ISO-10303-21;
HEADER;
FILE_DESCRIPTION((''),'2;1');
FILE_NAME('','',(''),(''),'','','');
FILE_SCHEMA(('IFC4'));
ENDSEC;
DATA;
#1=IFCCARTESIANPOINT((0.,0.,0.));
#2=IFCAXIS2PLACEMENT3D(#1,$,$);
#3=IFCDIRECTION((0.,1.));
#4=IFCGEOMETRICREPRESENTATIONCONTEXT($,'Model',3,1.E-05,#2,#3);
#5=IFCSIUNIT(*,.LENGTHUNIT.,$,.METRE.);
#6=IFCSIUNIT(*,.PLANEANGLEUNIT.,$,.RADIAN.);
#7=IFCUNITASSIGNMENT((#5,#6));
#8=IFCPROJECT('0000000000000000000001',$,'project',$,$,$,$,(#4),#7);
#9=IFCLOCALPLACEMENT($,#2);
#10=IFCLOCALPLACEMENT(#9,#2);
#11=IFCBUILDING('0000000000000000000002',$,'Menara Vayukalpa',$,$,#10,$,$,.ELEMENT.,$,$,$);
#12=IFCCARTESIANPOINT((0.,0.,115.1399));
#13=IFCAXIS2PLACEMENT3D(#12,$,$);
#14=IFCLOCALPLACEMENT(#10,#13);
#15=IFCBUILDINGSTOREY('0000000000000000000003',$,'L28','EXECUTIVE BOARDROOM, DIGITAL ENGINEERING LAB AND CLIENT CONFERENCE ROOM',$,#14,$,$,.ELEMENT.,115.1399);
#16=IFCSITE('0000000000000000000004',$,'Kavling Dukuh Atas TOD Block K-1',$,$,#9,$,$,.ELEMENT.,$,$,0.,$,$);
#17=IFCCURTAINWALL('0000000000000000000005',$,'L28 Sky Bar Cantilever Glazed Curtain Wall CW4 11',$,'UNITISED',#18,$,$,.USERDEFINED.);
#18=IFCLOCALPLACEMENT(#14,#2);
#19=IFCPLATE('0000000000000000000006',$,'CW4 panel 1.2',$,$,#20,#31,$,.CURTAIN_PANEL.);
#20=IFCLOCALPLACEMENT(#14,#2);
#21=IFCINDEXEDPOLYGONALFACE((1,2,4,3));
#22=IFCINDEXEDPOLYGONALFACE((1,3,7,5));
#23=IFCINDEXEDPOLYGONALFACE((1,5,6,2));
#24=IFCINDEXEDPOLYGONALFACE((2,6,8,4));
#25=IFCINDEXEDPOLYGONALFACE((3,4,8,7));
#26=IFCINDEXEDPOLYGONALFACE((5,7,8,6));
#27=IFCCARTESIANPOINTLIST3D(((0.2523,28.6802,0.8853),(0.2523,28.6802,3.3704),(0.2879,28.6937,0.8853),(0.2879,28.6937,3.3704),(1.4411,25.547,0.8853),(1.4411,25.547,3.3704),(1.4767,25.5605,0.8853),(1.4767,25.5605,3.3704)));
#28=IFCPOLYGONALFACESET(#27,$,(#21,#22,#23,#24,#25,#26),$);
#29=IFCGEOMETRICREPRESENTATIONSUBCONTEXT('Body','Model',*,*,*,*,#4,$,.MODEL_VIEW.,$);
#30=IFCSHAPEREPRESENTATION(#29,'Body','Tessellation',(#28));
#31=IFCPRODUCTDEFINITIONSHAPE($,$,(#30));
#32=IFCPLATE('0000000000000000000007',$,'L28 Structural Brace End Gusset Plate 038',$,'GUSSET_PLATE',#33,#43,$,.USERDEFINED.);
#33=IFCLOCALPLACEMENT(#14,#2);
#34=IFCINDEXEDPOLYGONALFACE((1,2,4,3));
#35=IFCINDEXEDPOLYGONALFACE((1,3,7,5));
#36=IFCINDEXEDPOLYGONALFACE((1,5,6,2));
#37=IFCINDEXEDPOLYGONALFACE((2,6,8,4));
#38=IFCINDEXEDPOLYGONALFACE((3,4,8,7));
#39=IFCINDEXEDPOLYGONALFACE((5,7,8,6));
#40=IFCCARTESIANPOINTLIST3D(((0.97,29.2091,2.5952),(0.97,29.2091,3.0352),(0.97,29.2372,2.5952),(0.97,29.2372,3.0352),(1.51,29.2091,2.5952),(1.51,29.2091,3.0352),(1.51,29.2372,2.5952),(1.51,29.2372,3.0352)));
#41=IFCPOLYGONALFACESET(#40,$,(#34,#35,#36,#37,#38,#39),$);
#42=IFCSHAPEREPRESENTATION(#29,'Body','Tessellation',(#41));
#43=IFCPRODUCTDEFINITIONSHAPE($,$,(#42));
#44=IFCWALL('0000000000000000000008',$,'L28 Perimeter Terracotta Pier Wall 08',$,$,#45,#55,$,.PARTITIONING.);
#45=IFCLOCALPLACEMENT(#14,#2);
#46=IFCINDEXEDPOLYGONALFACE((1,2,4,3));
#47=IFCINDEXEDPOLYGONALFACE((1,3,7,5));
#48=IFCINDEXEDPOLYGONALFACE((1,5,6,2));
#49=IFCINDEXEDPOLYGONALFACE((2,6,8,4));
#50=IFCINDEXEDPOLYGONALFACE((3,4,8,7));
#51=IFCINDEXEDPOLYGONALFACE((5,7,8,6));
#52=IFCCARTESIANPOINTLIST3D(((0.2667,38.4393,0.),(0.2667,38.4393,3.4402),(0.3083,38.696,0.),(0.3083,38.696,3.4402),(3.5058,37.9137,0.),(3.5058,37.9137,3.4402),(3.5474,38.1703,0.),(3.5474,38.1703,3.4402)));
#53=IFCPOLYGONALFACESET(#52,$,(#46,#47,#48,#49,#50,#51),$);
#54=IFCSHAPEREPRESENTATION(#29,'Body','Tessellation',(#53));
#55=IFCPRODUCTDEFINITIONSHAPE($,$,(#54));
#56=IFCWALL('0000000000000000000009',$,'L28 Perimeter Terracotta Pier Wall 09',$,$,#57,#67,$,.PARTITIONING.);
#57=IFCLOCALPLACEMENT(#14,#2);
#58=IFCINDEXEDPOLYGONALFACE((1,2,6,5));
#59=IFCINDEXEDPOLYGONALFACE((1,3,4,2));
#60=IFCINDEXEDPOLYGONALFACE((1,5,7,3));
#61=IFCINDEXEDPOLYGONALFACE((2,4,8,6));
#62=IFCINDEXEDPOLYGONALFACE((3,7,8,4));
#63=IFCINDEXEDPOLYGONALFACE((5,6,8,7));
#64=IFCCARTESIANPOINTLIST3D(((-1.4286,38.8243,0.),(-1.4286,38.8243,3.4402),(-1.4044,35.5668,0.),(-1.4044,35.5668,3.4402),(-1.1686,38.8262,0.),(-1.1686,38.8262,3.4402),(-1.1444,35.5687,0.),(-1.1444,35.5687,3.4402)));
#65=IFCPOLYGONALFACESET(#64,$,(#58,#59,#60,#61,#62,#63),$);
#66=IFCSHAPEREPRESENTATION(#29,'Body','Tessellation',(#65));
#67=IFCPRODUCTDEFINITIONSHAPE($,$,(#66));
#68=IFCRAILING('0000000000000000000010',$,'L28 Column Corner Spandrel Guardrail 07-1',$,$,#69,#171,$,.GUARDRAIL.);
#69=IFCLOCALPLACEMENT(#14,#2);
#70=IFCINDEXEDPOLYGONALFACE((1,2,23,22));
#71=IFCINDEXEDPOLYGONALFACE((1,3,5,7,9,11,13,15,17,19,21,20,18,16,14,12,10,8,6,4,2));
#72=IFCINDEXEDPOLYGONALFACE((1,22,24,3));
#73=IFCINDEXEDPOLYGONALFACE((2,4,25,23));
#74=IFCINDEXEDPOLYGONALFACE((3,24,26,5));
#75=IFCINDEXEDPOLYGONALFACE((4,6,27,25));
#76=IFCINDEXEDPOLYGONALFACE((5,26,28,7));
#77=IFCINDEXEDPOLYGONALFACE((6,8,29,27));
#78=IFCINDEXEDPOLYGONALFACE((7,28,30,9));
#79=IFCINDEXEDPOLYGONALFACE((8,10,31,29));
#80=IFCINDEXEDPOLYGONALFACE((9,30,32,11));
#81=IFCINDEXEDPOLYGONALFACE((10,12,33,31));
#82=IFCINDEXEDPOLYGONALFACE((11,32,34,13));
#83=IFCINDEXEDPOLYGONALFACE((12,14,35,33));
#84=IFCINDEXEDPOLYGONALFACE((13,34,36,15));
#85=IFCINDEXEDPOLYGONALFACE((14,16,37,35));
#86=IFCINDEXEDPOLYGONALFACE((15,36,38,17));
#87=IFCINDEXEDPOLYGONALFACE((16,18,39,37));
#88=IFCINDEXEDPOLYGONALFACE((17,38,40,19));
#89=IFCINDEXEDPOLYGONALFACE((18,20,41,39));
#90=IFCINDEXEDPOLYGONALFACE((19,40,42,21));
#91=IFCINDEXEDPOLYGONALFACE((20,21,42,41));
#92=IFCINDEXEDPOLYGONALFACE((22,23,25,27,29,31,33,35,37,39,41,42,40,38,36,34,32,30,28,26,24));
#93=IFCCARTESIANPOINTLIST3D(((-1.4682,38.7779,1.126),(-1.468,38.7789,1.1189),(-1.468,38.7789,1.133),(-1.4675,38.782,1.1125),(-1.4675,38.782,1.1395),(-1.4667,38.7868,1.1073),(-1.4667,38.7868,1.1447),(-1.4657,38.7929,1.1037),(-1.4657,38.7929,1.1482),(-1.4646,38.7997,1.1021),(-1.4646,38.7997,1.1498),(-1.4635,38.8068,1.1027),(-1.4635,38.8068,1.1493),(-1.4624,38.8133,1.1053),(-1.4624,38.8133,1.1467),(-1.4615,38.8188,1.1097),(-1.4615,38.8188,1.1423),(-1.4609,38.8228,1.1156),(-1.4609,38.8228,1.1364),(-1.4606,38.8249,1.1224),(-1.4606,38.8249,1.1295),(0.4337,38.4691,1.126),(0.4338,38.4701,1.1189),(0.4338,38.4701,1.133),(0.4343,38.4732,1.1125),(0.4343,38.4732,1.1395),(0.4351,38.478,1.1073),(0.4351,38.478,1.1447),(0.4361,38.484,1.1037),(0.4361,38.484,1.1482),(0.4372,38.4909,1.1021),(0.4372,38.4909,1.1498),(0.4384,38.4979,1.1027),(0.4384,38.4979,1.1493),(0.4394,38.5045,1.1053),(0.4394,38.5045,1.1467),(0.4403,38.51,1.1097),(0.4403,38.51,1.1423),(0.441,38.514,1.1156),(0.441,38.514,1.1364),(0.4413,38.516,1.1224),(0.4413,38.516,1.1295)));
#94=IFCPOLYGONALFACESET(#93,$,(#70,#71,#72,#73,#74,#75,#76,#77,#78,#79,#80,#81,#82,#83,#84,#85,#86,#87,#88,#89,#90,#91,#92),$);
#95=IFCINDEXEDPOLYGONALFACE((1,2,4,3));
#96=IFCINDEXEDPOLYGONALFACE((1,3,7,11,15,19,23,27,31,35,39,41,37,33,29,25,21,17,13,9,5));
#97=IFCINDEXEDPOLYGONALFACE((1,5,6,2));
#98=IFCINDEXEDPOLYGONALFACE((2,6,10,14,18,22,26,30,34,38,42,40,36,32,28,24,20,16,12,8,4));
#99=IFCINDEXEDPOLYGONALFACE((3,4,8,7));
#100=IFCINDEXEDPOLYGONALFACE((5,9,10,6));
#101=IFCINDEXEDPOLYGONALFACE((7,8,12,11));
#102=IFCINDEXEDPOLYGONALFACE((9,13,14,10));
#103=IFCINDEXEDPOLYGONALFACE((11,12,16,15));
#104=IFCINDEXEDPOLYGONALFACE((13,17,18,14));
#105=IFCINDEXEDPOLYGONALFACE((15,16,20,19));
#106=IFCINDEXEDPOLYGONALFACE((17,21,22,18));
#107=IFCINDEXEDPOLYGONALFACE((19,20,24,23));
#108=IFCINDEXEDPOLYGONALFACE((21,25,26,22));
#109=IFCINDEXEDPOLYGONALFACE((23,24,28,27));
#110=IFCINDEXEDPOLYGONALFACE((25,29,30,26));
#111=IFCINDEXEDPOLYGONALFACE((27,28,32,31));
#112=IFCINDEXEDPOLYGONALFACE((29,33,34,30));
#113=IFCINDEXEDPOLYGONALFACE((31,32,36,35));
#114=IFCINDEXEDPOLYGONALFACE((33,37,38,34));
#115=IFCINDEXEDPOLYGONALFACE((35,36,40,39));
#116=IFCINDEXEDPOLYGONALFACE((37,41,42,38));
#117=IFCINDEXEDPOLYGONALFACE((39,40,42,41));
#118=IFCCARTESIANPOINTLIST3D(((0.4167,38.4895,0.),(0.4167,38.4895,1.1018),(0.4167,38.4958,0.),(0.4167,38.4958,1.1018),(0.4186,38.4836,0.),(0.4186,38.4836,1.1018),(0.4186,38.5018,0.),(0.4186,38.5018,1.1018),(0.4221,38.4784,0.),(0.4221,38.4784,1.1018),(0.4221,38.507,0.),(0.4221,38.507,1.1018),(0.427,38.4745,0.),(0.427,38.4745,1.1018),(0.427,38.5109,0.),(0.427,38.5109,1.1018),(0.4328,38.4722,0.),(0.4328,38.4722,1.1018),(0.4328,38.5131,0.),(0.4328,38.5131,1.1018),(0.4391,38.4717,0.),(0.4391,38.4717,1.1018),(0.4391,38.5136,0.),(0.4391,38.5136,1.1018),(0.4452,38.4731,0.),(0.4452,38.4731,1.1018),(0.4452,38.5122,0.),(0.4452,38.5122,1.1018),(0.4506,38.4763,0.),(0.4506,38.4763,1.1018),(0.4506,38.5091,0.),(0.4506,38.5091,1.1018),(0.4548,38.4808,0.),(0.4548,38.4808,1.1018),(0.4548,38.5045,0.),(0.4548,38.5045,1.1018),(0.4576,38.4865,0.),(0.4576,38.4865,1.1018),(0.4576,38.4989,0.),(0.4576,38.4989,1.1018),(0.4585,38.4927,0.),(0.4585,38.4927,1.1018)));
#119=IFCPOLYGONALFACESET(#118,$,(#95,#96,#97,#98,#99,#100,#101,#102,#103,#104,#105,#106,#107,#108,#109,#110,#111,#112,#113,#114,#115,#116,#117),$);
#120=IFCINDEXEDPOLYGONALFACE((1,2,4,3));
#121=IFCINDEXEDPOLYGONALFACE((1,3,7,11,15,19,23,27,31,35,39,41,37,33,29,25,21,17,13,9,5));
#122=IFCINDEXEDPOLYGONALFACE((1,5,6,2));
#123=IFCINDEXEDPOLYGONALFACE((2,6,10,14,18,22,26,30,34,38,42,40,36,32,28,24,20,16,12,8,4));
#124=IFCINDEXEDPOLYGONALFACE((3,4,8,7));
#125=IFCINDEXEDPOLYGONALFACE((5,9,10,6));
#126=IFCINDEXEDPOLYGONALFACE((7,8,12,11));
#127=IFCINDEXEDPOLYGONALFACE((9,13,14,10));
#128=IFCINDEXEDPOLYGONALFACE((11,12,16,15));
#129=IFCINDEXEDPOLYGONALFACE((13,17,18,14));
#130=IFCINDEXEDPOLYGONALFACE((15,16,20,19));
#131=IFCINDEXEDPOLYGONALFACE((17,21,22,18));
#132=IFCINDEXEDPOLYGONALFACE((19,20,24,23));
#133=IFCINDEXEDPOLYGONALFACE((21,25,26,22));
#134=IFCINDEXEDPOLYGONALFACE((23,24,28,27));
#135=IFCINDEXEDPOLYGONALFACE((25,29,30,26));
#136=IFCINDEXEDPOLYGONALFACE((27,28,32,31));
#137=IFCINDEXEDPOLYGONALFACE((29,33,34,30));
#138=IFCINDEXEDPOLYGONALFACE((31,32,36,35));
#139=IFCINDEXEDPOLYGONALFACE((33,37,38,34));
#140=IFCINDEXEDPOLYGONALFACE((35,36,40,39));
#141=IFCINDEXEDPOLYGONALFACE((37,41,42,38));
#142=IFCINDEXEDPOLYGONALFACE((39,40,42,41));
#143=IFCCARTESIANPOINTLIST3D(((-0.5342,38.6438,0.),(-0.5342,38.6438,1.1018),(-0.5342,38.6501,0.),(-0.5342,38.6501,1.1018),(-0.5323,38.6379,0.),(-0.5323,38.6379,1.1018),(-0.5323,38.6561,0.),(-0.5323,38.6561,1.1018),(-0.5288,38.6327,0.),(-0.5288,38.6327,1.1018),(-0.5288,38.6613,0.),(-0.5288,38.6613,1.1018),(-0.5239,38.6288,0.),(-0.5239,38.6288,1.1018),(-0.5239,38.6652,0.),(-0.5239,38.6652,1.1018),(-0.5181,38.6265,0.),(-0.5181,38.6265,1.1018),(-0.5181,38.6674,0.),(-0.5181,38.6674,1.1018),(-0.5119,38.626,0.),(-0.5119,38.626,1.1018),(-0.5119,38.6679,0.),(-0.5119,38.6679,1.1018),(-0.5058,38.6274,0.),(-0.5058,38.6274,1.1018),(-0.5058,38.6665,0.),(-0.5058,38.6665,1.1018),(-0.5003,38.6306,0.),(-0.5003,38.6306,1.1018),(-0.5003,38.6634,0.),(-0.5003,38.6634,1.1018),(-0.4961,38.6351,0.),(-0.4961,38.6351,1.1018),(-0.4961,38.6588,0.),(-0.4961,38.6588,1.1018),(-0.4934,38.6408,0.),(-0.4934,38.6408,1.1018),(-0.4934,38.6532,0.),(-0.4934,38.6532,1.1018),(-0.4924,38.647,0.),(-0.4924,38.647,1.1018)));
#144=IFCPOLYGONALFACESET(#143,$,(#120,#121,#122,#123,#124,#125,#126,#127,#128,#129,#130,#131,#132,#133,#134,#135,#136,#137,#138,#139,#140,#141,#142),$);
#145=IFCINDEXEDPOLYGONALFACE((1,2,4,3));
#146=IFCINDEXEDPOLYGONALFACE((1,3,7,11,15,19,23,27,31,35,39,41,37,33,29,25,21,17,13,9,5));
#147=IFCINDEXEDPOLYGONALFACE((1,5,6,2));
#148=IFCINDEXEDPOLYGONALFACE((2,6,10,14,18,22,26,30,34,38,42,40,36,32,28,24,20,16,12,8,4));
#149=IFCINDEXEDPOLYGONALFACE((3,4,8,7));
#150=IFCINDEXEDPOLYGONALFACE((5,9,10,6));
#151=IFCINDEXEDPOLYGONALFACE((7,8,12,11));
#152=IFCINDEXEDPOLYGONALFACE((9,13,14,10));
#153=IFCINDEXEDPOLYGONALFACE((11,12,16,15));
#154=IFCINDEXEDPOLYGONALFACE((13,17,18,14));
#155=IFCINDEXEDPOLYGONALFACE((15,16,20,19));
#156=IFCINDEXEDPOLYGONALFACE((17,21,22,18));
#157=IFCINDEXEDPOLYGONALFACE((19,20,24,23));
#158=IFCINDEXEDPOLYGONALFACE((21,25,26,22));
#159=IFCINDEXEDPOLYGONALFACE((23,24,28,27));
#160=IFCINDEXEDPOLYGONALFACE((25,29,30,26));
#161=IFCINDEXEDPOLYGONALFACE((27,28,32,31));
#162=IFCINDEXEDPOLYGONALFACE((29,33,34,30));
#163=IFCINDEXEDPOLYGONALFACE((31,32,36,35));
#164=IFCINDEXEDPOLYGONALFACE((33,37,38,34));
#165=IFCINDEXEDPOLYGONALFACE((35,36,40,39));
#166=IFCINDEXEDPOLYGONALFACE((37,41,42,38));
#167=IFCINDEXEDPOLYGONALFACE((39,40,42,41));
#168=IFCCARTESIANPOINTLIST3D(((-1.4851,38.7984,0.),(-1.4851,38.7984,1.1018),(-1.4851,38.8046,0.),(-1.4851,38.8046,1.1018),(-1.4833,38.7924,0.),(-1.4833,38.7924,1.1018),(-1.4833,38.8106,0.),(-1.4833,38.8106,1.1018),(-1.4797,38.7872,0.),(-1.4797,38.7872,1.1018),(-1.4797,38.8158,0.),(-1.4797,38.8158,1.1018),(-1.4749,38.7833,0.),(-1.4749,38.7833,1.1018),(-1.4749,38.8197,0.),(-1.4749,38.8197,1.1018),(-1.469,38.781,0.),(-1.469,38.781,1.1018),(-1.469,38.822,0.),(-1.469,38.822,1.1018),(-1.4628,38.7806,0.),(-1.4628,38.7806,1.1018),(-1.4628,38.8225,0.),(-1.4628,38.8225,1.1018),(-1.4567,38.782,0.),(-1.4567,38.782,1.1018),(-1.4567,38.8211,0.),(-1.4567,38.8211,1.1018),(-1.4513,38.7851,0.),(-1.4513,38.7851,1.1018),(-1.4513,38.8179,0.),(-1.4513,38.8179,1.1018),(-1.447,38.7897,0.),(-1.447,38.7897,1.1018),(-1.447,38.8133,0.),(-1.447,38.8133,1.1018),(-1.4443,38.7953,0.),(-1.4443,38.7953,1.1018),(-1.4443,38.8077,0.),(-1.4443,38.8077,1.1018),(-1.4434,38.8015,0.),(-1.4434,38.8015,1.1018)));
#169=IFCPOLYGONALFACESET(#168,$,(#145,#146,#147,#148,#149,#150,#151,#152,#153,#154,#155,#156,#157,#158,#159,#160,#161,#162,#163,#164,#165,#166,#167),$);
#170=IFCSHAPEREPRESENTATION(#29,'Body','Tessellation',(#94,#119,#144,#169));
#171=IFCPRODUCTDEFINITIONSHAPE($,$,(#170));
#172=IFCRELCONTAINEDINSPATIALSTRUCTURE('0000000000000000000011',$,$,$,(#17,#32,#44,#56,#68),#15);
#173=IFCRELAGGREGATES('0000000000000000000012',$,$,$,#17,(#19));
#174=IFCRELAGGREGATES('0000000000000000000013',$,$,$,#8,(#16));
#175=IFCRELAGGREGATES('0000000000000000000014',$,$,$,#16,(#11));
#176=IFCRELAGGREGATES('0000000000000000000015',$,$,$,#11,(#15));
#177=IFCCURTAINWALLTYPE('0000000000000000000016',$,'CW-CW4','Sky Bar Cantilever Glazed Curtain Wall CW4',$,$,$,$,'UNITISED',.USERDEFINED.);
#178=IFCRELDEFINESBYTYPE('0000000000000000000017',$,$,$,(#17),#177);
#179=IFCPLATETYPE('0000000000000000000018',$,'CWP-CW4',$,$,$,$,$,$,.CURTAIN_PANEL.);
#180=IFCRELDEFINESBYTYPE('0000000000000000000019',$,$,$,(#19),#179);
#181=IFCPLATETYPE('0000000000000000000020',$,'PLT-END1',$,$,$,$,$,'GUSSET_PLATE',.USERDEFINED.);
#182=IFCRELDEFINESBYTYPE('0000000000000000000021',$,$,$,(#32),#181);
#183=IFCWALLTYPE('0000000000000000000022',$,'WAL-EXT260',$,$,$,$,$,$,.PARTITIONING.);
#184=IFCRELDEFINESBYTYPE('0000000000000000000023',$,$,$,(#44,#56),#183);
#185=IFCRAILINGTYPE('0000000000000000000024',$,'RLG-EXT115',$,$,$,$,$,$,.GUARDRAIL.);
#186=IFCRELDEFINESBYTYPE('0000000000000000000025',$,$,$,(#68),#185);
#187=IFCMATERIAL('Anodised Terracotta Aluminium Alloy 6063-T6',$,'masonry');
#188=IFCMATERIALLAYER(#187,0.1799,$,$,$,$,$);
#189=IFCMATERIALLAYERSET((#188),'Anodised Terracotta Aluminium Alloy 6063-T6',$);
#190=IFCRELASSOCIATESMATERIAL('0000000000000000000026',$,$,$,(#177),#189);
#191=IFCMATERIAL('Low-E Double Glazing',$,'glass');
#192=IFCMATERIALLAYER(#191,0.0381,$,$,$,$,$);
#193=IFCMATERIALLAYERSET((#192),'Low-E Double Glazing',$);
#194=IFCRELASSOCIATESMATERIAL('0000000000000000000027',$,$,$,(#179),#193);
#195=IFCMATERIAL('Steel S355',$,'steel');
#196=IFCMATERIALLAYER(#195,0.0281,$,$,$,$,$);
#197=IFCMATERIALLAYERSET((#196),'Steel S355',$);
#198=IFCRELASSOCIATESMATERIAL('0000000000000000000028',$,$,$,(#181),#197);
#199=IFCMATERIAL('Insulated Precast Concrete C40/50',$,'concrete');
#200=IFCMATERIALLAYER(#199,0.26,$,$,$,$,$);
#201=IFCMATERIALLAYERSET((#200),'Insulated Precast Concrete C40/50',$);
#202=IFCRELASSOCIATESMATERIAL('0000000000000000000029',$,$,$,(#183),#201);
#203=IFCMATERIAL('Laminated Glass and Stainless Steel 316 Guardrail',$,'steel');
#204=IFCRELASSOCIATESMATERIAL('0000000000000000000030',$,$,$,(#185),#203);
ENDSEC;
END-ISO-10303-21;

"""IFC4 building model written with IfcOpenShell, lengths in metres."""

from ifc_helpers import new_model, si_unit, direction, frame, frame_2d, origin, origin_2d, place, context, subcontext, project, spatial, rectangle, circle, extrude, material, layer, layer_set, type_object, element, aggregate, save


model = new_model("IFC4")

# Units and contexts
model_context = context("Model", 3, precision=1e-05, world=origin(), true_north=direction((0.0, 1.0)))
body_context = subcontext(model_context, "Body", "Model", "MODEL_VIEW")
ifc_project = project(units=[si_unit("LENGTHUNIT", "METRE"), si_unit("PLANEANGLEUNIT", "RADIAN")], contexts=[model_context])

# Site, building, storey
site_placement = place(None, origin())
site = spatial("IfcSite", under=ifc_project, at=site_placement, Name="Kavling Dukuh Atas TOD Block K-1", CompositionType="ELEMENT", RefElevation=0.0)
building_placement = place(site_placement, origin())
building = spatial("IfcBuilding", under=site, at=building_placement, Name="Menara Vayukalpa", CompositionType="ELEMENT")
storey_placement = place(building_placement, frame((0.0, 0.0, 115.1399)))
storey = spatial("IfcBuildingStorey", under=building, at=storey_placement, Name="L28", Description="EXECUTIVE BOARDROOM, DIGITAL ENGINEERING LAB AND CLIENT CONFERENCE ROOM", CompositionType="ELEMENT", Elevation=115.1399)

# Curtain wall
ifc_material_1 = material(Name="Anodised Terracotta Aluminium Alloy 6063-T6", Category="masonry")
ifc_layer_1 = layer(ifc_material_1, 0.1799)
ifc_layer_set_1 = layer_set([ifc_layer_1], Name="Anodised Terracotta Aluminium Alloy 6063-T6")
curtain_wall_type = type_object("IfcCurtainWallType", Name="CW-CW4", Description="Sky Bar Cantilever Glazed Curtain Wall CW4", ElementType="UNITISED", PredefinedType="USERDEFINED", material=ifc_layer_set_1)
curtain_wall_1_placement = place(storey_placement, origin())
curtain_wall_1 = element("IfcCurtainWall", 1, at=curtain_wall_1_placement, inside=storey, type_object=curtain_wall_type, Name="L28 Sky Bar Cantilever Glazed Curtain Wall CW4 11", ObjectType="UNITISED", PredefinedType="USERDEFINED")

# Plates
ifc_material_2 = material(Name="Low-E Double Glazing", Category="glass")
ifc_layer_2 = layer(ifc_material_2, 0.0381)
ifc_layer_set_2 = layer_set([ifc_layer_2], Name="Low-E Double Glazing")
plate_type_1 = type_object("IfcPlateType", Name="CWP-CW4", PredefinedType="CURTAIN_PANEL", material=ifc_layer_set_2)
plate_1_placement = place(storey_placement, frame((0.8645, 27.1204, 0.8853), z_axis=(0.0, 0.0, 1.0), x_axis=(0.354742, -0.934964, 0.0)))
plate_1 = element("IfcPlate", 2, at=plate_1_placement, type_object=plate_type_1, Name="CW4 panel 1.2", PredefinedType="CURTAIN_PANEL", context=body_context, shape_type="SweptSolid", body=[
    extrude(rectangle(XDim=3.3511, YDim=0.0381, at=origin_2d()), origin(), (0.0, 0.0, 1.0), 2.4851),
])
aggregate(curtain_wall_1, [plate_1])
ifc_material_3 = material(Name="Steel S355", Category="steel")
ifc_layer_3 = layer(ifc_material_3, 0.0281)
ifc_layer_set_3 = layer_set([ifc_layer_3], Name="Steel S355")
plate_type_2 = type_object("IfcPlateType", Name="PLT-END1", ElementType="GUSSET_PLATE", PredefinedType="USERDEFINED", material=ifc_layer_set_3)
plate_2_placement = place(storey_placement, frame((1.24, 29.2231, 2.5952), z_axis=(0.0, 0.0, 1.0), x_axis=(1.0, 0.0, 0.0)))
element("IfcPlate", 3, at=plate_2_placement, inside=storey, type_object=plate_type_2, Name="L28 Structural Brace End Gusset Plate 038", ObjectType="GUSSET_PLATE", PredefinedType="USERDEFINED", context=body_context, shape_type="SweptSolid", body=[
    extrude(rectangle(XDim=0.54, YDim=0.0281, at=origin_2d()), origin(), (0.0, 0.0, 1.0), 0.4399),
])

# Walls
ifc_material_4 = material(Name="Insulated Precast Concrete C40/50", Category="concrete")
ifc_layer_4 = layer(ifc_material_4, 0.26)
ifc_layer_set_4 = layer_set([ifc_layer_4], Name="Insulated Precast Concrete C40/50")
wall_type = type_object("IfcWallType", Name="WAL-EXT260", PredefinedType="PARTITIONING", material=ifc_layer_set_4)
wall_1_placement = place(storey_placement, frame((0.2876, 38.5676, 0.0), z_axis=(0.0, 0.0, 1.0), x_axis=(0.987087, -0.160187, 0.0)))
element("IfcWall", 4, at=wall_1_placement, inside=storey, type_object=wall_type, Name="L28 Perimeter Terracotta Pier Wall 08", PredefinedType="PARTITIONING", context=body_context, shape_type="SweptSolid", body=[
    extrude(rectangle(XDim=3.2815, YDim=0.26, at=frame_2d((1.6406, 0.0))), origin(), (0.0, 0.0, 1.0), 3.4402),
])
wall_2_placement = place(storey_placement, frame((-1.2744, 35.5676, 0.0), z_axis=(0.0, 0.0, 1.0), x_axis=(-0.007419, 0.999972, 0.0)))
element("IfcWall", 5, at=wall_2_placement, inside=storey, type_object=wall_type, Name="L28 Perimeter Terracotta Pier Wall 09", PredefinedType="PARTITIONING", context=body_context, shape_type="SweptSolid", body=[
    extrude(rectangle(XDim=3.2576, YDim=0.26, at=frame_2d((1.6289, 0.0))), origin(), (0.0, 0.0, 1.0), 3.4402),
])

# Railing
ifc_material_5 = material(Name="Laminated Glass and Stainless Steel 316 Guardrail", Category="steel")
railing_type = type_object("IfcRailingType", Name="RLG-EXT115", PredefinedType="GUARDRAIL", material=ifc_material_5)
railing_placement = place(storey_placement, frame((0.4375, 38.4927, 0.0)))
element("IfcRailing", 6, at=railing_placement, inside=storey, type_object=railing_type, Name="L28 Column Corner Spandrel Guardrail 07-1", PredefinedType="GUARDRAIL", context=body_context, shape_type="SweptSolid", body=[
    extrude(circle(Radius=0.0239, at=origin_2d()), frame((0.0, 0.0, 1.126), z_axis=(-0.98707, 0.160288, 0.0), x_axis=(-0.160288, -0.98707, 0.0)), (0.0, 0.0, 1.0), 1.9268),
    extrude(circle(Radius=0.021, at=origin_2d()), origin(), (0.0, 0.0, 1.0), 1.1018),
    extrude(circle(Radius=0.021, at=origin_2d()), frame((-0.9509, 0.1543, 0.0)), (0.0, 0.0, 1.0), 1.1018),
    extrude(circle(Radius=0.021, at=origin_2d()), frame((-1.9019, 0.3088, 0.0)), (0.0, 0.0, 1.0), 1.1018),
])

save(model, "model.ifc")
